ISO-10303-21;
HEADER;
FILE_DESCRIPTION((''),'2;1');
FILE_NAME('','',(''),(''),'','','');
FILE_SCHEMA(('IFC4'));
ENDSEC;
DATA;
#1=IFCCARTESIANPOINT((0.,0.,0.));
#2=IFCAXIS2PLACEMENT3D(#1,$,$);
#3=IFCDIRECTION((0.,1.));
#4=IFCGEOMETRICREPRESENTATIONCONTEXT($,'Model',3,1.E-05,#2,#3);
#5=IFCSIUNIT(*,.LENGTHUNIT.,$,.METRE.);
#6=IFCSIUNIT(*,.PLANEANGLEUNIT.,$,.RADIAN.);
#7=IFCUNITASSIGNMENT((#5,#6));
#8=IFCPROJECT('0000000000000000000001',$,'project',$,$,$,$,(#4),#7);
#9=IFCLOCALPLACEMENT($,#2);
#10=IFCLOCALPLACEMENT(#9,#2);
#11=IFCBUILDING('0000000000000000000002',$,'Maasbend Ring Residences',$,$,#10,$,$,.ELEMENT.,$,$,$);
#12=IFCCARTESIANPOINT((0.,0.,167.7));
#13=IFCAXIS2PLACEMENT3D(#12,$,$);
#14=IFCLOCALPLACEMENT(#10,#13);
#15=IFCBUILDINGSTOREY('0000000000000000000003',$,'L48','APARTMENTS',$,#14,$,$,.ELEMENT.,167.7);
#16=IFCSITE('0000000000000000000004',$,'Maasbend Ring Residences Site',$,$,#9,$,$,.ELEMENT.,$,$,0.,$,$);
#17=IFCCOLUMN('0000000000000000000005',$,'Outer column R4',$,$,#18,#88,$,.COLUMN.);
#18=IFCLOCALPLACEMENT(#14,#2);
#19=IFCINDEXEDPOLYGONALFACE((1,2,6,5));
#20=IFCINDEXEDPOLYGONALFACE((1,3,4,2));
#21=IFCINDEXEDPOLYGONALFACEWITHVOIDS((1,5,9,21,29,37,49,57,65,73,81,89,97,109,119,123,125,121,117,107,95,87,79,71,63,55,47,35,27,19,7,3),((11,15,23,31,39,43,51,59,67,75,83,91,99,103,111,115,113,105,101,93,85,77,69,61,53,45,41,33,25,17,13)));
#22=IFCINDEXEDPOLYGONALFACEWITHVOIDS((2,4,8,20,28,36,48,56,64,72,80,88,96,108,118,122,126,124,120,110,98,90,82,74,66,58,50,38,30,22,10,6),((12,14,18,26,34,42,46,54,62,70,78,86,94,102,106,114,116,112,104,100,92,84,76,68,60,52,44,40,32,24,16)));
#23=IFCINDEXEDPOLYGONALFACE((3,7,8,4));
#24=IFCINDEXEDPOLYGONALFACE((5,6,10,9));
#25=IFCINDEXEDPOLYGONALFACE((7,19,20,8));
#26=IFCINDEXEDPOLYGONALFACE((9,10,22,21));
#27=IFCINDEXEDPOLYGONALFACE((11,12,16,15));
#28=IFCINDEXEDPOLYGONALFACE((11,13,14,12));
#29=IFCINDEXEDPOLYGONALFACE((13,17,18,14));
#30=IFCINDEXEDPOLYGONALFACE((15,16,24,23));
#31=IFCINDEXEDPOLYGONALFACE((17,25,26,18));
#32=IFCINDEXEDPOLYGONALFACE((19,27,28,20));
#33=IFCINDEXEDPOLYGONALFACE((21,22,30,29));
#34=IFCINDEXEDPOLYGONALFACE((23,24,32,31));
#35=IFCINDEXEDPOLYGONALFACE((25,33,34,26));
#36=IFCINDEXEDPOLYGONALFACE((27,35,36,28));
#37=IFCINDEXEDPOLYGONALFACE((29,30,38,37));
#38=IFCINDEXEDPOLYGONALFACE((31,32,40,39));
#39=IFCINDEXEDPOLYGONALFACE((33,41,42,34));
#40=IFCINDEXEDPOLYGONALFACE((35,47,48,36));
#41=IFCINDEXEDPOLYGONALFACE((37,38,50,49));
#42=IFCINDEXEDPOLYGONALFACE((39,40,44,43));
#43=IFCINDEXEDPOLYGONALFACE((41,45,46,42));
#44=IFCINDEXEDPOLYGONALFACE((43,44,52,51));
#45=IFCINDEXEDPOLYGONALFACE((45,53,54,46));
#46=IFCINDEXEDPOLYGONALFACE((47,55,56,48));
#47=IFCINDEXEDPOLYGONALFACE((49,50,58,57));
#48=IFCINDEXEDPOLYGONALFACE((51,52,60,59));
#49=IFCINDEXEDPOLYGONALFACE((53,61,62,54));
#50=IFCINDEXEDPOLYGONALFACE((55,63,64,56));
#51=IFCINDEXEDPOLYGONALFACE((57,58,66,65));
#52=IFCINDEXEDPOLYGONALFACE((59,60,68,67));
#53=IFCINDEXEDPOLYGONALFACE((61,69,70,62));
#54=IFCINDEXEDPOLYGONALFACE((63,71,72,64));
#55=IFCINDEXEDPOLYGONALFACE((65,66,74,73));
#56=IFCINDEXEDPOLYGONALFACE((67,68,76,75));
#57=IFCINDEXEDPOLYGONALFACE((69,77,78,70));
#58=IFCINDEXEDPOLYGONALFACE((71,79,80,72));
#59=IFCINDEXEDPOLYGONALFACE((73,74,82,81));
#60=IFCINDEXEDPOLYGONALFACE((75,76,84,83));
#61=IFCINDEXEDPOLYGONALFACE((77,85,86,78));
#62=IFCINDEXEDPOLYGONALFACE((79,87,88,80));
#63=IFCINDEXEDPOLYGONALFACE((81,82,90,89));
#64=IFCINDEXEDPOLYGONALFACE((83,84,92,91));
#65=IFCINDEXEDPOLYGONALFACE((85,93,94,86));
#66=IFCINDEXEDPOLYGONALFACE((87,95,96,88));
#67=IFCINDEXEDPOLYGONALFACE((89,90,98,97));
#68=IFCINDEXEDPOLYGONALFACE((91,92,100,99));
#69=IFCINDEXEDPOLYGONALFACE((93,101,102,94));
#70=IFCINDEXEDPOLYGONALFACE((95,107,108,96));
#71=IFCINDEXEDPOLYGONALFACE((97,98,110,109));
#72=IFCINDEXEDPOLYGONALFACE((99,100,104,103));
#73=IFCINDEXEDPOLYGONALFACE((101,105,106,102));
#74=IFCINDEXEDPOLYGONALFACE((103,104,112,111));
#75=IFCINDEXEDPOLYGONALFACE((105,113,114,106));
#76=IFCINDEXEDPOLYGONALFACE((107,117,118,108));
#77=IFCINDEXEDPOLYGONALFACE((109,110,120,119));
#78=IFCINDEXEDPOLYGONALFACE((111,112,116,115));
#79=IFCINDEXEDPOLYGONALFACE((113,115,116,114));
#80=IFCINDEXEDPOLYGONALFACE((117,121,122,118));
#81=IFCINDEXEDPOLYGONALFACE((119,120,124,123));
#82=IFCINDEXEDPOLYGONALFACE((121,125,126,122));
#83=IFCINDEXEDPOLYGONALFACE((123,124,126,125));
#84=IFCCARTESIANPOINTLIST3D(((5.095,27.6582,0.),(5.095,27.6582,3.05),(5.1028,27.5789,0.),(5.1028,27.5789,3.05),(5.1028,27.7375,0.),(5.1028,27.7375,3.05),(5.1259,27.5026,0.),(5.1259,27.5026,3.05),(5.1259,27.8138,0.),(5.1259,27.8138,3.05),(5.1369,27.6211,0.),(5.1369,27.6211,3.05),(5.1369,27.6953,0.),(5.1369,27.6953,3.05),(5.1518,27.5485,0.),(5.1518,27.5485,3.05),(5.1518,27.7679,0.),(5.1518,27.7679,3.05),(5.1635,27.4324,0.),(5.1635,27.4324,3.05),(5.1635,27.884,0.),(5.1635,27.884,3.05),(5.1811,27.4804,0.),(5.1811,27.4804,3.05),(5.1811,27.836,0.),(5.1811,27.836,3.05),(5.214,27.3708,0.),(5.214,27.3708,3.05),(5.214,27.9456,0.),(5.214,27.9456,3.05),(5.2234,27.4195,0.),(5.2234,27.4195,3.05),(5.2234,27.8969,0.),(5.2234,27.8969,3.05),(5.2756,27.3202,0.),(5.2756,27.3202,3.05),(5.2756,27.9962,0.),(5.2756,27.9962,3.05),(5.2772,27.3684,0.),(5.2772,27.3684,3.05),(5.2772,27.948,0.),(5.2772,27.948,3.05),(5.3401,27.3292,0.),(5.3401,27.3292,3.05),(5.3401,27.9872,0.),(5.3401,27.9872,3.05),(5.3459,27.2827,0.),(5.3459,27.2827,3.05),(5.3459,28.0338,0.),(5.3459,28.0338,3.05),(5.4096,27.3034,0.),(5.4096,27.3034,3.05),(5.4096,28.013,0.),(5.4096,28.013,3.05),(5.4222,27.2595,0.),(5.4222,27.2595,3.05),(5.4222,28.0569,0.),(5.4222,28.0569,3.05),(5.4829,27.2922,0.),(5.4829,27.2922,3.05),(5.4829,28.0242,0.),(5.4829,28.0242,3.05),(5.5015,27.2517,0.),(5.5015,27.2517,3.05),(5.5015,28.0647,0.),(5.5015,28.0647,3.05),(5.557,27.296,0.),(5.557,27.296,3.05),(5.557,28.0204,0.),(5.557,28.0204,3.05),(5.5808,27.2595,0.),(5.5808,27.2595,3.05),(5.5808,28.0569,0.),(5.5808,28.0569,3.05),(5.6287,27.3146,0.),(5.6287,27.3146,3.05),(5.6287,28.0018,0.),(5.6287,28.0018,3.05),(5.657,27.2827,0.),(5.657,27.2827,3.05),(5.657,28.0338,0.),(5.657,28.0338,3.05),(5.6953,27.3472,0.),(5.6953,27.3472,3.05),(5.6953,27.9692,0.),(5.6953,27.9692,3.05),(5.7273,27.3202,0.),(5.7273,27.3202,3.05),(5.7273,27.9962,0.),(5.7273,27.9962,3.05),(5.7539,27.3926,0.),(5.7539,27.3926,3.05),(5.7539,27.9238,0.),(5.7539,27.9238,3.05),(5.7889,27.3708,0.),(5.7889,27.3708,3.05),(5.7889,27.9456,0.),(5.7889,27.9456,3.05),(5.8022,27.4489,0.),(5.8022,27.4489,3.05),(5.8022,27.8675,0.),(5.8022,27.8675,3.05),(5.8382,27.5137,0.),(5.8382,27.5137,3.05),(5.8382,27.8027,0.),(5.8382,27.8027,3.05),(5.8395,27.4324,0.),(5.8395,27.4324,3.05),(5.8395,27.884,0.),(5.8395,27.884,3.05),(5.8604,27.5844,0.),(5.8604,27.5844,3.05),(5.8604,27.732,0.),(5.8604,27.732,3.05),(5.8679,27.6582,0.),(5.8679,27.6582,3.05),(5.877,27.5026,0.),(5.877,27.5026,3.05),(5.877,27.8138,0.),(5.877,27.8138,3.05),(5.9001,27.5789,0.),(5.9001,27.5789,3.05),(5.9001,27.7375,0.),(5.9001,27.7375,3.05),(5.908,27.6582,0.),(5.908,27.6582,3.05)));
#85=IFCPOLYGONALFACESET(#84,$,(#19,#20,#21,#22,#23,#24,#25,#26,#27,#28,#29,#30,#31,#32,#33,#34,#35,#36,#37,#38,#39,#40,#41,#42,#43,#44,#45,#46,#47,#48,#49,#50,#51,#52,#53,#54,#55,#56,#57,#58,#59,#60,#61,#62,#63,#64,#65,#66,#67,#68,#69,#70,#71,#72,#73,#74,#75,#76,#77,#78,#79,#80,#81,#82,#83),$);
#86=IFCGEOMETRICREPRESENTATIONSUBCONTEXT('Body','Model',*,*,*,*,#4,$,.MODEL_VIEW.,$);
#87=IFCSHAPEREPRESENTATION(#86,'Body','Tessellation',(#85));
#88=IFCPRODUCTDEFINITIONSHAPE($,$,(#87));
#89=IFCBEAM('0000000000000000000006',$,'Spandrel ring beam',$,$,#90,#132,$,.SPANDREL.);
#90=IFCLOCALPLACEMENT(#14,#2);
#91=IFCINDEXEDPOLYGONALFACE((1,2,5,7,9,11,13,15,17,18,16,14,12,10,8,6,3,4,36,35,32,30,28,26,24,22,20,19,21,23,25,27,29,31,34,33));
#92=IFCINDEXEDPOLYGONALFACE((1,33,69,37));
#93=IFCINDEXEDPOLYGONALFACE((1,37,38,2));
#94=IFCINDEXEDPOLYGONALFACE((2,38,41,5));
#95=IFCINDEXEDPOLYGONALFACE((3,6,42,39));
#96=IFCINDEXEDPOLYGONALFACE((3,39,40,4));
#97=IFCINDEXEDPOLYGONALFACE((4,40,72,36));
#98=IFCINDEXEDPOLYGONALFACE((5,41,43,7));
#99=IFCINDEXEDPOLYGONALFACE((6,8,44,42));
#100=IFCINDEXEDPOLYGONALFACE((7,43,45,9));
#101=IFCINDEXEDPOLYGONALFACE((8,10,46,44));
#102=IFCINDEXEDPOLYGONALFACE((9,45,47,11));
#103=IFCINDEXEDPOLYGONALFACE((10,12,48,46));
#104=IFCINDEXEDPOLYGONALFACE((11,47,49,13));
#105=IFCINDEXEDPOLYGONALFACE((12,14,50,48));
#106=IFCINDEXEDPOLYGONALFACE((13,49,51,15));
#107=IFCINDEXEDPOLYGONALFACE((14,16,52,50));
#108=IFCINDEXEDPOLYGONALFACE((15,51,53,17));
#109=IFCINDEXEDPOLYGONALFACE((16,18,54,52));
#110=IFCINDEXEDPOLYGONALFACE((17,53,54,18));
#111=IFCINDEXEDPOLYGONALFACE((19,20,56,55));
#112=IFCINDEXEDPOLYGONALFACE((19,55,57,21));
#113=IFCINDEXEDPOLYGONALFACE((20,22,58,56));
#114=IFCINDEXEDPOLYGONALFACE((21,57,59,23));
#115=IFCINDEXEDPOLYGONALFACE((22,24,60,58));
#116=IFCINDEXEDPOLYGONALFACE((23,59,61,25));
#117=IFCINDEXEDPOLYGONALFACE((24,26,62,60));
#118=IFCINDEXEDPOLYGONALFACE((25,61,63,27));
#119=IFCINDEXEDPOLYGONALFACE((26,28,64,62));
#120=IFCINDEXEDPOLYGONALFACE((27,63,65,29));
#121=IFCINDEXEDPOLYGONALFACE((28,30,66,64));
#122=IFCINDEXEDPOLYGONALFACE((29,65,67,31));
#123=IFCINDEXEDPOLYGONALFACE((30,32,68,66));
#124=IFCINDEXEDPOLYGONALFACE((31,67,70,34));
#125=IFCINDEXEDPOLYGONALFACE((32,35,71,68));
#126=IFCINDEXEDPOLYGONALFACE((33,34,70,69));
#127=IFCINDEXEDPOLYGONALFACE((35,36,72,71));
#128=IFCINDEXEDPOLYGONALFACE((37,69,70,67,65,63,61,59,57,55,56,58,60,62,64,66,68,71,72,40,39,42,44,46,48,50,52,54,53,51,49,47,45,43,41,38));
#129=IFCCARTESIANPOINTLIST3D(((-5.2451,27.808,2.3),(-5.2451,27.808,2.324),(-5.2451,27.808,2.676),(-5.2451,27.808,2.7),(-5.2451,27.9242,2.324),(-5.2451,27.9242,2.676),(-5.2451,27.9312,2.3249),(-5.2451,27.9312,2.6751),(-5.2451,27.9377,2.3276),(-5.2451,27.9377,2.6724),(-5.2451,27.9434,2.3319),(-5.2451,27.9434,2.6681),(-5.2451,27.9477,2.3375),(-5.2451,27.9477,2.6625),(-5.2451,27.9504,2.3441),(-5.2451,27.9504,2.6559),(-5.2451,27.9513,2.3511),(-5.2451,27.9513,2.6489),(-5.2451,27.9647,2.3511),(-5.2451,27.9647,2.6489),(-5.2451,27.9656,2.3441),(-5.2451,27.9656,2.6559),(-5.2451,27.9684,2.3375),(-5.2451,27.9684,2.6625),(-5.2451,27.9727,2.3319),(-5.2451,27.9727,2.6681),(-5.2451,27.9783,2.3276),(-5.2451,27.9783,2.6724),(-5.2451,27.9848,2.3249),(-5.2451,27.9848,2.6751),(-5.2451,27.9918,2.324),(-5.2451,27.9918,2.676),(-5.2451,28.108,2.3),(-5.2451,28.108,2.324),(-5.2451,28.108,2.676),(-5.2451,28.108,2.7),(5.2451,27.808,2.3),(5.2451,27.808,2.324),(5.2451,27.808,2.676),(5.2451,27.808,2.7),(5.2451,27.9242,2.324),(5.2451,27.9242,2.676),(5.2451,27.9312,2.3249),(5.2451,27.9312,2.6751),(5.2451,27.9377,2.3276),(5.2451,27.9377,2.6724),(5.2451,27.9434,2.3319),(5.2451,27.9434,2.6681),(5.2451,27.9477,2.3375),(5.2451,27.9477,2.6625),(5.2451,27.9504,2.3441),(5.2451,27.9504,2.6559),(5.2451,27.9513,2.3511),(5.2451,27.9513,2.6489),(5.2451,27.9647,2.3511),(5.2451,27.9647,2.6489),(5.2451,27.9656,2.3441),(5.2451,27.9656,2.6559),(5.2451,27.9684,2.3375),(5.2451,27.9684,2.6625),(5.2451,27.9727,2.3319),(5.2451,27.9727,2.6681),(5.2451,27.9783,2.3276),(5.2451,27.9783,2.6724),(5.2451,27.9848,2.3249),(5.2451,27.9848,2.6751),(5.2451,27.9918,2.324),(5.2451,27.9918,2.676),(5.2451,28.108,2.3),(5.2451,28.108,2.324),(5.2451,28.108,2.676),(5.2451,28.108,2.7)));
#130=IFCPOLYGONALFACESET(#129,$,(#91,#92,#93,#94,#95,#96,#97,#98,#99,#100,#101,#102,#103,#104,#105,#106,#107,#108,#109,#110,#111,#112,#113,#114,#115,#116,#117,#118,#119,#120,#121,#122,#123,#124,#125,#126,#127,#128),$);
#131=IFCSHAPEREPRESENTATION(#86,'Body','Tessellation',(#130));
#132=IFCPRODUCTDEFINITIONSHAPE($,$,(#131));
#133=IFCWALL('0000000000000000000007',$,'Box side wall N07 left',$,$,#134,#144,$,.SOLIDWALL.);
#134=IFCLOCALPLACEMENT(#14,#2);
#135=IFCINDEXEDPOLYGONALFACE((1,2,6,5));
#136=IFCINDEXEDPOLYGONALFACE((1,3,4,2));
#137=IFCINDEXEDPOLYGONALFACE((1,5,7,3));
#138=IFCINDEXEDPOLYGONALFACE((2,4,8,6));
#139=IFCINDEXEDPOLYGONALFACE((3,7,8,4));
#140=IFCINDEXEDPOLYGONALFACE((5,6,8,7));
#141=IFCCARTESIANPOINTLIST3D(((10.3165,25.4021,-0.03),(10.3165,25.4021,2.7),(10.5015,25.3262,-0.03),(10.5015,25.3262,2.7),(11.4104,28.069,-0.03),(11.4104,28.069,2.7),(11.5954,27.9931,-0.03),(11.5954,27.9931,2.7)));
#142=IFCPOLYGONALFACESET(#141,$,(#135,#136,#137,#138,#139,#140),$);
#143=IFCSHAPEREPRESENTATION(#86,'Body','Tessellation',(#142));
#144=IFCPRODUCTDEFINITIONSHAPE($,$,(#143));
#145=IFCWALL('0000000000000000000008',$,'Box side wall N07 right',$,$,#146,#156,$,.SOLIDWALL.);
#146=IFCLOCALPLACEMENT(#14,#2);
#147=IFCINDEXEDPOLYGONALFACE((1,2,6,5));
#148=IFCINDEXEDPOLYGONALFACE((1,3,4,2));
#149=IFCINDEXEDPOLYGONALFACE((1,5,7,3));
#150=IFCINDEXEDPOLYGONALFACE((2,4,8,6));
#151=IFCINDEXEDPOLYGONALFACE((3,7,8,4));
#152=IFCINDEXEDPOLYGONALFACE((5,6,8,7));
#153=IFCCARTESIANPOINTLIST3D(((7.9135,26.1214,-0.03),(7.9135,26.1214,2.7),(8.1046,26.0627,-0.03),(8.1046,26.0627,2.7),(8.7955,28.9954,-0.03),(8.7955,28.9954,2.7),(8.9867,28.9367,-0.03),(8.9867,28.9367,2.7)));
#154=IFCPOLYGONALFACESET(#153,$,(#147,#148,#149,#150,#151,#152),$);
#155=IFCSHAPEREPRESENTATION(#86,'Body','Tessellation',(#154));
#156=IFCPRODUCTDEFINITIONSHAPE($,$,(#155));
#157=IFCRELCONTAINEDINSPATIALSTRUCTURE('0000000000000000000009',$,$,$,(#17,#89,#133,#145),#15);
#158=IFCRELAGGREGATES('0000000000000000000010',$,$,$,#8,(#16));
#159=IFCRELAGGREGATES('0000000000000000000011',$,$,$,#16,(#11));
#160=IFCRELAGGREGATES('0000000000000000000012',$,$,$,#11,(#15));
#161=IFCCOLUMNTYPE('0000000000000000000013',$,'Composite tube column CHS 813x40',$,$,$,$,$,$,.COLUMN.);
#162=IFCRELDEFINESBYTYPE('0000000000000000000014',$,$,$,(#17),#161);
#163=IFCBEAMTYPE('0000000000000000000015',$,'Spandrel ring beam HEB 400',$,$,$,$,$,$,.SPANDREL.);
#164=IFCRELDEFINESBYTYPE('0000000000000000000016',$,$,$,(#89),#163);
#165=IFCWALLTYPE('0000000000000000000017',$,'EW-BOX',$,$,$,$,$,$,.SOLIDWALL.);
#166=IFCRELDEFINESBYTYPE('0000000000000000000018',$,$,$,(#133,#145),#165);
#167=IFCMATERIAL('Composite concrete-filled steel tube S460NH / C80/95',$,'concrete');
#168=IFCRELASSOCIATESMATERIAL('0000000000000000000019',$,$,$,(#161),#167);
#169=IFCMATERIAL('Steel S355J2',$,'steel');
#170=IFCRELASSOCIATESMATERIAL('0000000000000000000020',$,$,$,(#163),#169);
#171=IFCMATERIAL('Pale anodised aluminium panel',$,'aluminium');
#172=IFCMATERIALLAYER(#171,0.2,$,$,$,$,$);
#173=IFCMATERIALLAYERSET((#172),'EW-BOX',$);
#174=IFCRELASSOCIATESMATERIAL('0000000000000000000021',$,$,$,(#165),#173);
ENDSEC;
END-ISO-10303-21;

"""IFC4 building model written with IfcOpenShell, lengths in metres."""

from ifc_helpers import new_model, si_unit, direction, frame, frame_2d, origin, origin_2d, place, context, subcontext, project, spatial, rectangle, hollow_circle, i_section, extrude, material, layer, layer_set, material_profile, profile_set, type_object, element, save


model = new_model("IFC4")

# Units and contexts
model_context = context("Model", 3, precision=1e-05, world=origin(), true_north=direction((0.0, 1.0)))
body_context = subcontext(model_context, "Body", "Model", "MODEL_VIEW")
ifc_project = project(units=[si_unit("LENGTHUNIT", "METRE"), si_unit("PLANEANGLEUNIT", "RADIAN")], contexts=[model_context])

# Site, building, storey
site_placement = place(None, origin())
site = spatial("IfcSite", under=ifc_project, at=site_placement, Name="Maasbend Ring Residences Site", CompositionType="ELEMENT", RefElevation=0.0)
building_placement = place(site_placement, origin())
building = spatial("IfcBuilding", under=site, at=building_placement, Name="Maasbend Ring Residences", CompositionType="ELEMENT")
storey_placement = place(building_placement, frame((0.0, 0.0, 167.7)))
storey = spatial("IfcBuildingStorey", under=building, at=storey_placement, Name="L48", Description="APARTMENTS", CompositionType="ELEMENT", Elevation=167.7)

# Column
ifc_material_1 = material(Name="Composite concrete-filled steel tube S460NH / C80/95", Category="concrete")
ifc_material_profile_1 = material_profile(ifc_material_1, hollow_circle(Radius=0.4065, WallThickness=0.04, at=origin_2d()), Name="Composite tube column CHS 813x40")
ifc_profile_set_1 = profile_set([ifc_material_profile_1], Name="Composite concrete-filled steel tube S460NH / C80/95")
column_type = type_object("IfcColumnType", Name="Composite tube column CHS 813x40", PredefinedType="COLUMN", material=ifc_profile_set_1)
column_placement = place(storey_placement, frame((5.5015, 27.6582, 0.0), z_axis=(0.0, 0.0, 1.0), x_axis=(1.0, 0.0, 0.0)))
element("IfcColumn", 1, at=column_placement, inside=storey, type_object=column_type, Name="Outer column R4", PredefinedType="COLUMN", context=body_context, shape_type="SweptSolid", body=[
    extrude(hollow_circle(Radius=0.4065, WallThickness=0.04, at=origin_2d()), origin(), (0.0, 0.0, 1.0), 3.05),
])

# Beam
ifc_material_2 = material(Name="Steel S355J2", Category="steel")
ifc_material_profile_2 = material_profile(ifc_material_2, i_section(OverallWidth=0.3, OverallDepth=0.3999, WebThickness=0.0134, FlangeThickness=0.0239, FilletRadius=0.0271, at=origin_2d()), Name="HEB 400")
ifc_profile_set_2 = profile_set([ifc_material_profile_2], Name="Steel S355J2")
beam_type = type_object("IfcBeamType", Name="Spandrel ring beam HEB 400", PredefinedType="SPANDREL", material=ifc_profile_set_2)
beam_placement = place(storey_placement, frame((5.2451, 27.958, 2.5), z_axis=(-1.0, 0.0, 0.0), x_axis=(0.0, -1.0, 0.0)))
element("IfcBeam", 2, at=beam_placement, inside=storey, type_object=beam_type, Name="Spandrel ring beam", PredefinedType="SPANDREL", context=body_context, shape_type="SweptSolid", body=[
    extrude(i_section(OverallWidth=0.3, OverallDepth=0.3999, WebThickness=0.0134, FlangeThickness=0.0239, FilletRadius=0.0271, at=origin_2d()), origin(), (0.0, 0.0, 1.0), 10.4902),
])

# Walls
ifc_material_3 = material(Name="Pale anodised aluminium panel", Category="aluminium")
ifc_layer_1 = layer(ifc_material_3, 0.2)
ifc_layer_set_1 = layer_set([ifc_layer_1], Name="EW-BOX")
wall_type_1 = type_object("IfcWallType", Name="EW-BOX", PredefinedType="SOLIDWALL", material=ifc_layer_set_1)
wall_1_placement = place(storey_placement, frame((10.4089, 25.364, -0.03), z_axis=(0.0, 0.0, 1.0), x_axis=(0.37951, 0.925188, 0.0)))
element("IfcWall", 3, at=wall_1_placement, inside=storey, type_object=wall_type_1, Name="Box side wall N07 left", PredefinedType="SOLIDWALL", context=body_context, shape_type="SweptSolid", body=[
    extrude(rectangle(XDim=2.8826, YDim=0.2, at=frame_2d((1.4414, 0.0))), origin(), (0.0, 0.0, 1.0), 2.73),
])
wall_2_placement = place(storey_placement, frame((8.009, 26.092, -0.03), z_axis=(0.0, 0.0, 1.0), x_axis=(0.293407, 0.955988, 0.0)))
element("IfcWall", 4, at=wall_2_placement, inside=storey, type_object=wall_type_1, Name="Box side wall N07 right", PredefinedType="SOLIDWALL", context=body_context, shape_type="SweptSolid", body=[
    extrude(rectangle(XDim=3.0063, YDim=0.2, at=frame_2d((1.5032, 0.0))), origin(), (0.0, 0.0, 1.0), 2.73),
])

save(model, "model.ifc")
